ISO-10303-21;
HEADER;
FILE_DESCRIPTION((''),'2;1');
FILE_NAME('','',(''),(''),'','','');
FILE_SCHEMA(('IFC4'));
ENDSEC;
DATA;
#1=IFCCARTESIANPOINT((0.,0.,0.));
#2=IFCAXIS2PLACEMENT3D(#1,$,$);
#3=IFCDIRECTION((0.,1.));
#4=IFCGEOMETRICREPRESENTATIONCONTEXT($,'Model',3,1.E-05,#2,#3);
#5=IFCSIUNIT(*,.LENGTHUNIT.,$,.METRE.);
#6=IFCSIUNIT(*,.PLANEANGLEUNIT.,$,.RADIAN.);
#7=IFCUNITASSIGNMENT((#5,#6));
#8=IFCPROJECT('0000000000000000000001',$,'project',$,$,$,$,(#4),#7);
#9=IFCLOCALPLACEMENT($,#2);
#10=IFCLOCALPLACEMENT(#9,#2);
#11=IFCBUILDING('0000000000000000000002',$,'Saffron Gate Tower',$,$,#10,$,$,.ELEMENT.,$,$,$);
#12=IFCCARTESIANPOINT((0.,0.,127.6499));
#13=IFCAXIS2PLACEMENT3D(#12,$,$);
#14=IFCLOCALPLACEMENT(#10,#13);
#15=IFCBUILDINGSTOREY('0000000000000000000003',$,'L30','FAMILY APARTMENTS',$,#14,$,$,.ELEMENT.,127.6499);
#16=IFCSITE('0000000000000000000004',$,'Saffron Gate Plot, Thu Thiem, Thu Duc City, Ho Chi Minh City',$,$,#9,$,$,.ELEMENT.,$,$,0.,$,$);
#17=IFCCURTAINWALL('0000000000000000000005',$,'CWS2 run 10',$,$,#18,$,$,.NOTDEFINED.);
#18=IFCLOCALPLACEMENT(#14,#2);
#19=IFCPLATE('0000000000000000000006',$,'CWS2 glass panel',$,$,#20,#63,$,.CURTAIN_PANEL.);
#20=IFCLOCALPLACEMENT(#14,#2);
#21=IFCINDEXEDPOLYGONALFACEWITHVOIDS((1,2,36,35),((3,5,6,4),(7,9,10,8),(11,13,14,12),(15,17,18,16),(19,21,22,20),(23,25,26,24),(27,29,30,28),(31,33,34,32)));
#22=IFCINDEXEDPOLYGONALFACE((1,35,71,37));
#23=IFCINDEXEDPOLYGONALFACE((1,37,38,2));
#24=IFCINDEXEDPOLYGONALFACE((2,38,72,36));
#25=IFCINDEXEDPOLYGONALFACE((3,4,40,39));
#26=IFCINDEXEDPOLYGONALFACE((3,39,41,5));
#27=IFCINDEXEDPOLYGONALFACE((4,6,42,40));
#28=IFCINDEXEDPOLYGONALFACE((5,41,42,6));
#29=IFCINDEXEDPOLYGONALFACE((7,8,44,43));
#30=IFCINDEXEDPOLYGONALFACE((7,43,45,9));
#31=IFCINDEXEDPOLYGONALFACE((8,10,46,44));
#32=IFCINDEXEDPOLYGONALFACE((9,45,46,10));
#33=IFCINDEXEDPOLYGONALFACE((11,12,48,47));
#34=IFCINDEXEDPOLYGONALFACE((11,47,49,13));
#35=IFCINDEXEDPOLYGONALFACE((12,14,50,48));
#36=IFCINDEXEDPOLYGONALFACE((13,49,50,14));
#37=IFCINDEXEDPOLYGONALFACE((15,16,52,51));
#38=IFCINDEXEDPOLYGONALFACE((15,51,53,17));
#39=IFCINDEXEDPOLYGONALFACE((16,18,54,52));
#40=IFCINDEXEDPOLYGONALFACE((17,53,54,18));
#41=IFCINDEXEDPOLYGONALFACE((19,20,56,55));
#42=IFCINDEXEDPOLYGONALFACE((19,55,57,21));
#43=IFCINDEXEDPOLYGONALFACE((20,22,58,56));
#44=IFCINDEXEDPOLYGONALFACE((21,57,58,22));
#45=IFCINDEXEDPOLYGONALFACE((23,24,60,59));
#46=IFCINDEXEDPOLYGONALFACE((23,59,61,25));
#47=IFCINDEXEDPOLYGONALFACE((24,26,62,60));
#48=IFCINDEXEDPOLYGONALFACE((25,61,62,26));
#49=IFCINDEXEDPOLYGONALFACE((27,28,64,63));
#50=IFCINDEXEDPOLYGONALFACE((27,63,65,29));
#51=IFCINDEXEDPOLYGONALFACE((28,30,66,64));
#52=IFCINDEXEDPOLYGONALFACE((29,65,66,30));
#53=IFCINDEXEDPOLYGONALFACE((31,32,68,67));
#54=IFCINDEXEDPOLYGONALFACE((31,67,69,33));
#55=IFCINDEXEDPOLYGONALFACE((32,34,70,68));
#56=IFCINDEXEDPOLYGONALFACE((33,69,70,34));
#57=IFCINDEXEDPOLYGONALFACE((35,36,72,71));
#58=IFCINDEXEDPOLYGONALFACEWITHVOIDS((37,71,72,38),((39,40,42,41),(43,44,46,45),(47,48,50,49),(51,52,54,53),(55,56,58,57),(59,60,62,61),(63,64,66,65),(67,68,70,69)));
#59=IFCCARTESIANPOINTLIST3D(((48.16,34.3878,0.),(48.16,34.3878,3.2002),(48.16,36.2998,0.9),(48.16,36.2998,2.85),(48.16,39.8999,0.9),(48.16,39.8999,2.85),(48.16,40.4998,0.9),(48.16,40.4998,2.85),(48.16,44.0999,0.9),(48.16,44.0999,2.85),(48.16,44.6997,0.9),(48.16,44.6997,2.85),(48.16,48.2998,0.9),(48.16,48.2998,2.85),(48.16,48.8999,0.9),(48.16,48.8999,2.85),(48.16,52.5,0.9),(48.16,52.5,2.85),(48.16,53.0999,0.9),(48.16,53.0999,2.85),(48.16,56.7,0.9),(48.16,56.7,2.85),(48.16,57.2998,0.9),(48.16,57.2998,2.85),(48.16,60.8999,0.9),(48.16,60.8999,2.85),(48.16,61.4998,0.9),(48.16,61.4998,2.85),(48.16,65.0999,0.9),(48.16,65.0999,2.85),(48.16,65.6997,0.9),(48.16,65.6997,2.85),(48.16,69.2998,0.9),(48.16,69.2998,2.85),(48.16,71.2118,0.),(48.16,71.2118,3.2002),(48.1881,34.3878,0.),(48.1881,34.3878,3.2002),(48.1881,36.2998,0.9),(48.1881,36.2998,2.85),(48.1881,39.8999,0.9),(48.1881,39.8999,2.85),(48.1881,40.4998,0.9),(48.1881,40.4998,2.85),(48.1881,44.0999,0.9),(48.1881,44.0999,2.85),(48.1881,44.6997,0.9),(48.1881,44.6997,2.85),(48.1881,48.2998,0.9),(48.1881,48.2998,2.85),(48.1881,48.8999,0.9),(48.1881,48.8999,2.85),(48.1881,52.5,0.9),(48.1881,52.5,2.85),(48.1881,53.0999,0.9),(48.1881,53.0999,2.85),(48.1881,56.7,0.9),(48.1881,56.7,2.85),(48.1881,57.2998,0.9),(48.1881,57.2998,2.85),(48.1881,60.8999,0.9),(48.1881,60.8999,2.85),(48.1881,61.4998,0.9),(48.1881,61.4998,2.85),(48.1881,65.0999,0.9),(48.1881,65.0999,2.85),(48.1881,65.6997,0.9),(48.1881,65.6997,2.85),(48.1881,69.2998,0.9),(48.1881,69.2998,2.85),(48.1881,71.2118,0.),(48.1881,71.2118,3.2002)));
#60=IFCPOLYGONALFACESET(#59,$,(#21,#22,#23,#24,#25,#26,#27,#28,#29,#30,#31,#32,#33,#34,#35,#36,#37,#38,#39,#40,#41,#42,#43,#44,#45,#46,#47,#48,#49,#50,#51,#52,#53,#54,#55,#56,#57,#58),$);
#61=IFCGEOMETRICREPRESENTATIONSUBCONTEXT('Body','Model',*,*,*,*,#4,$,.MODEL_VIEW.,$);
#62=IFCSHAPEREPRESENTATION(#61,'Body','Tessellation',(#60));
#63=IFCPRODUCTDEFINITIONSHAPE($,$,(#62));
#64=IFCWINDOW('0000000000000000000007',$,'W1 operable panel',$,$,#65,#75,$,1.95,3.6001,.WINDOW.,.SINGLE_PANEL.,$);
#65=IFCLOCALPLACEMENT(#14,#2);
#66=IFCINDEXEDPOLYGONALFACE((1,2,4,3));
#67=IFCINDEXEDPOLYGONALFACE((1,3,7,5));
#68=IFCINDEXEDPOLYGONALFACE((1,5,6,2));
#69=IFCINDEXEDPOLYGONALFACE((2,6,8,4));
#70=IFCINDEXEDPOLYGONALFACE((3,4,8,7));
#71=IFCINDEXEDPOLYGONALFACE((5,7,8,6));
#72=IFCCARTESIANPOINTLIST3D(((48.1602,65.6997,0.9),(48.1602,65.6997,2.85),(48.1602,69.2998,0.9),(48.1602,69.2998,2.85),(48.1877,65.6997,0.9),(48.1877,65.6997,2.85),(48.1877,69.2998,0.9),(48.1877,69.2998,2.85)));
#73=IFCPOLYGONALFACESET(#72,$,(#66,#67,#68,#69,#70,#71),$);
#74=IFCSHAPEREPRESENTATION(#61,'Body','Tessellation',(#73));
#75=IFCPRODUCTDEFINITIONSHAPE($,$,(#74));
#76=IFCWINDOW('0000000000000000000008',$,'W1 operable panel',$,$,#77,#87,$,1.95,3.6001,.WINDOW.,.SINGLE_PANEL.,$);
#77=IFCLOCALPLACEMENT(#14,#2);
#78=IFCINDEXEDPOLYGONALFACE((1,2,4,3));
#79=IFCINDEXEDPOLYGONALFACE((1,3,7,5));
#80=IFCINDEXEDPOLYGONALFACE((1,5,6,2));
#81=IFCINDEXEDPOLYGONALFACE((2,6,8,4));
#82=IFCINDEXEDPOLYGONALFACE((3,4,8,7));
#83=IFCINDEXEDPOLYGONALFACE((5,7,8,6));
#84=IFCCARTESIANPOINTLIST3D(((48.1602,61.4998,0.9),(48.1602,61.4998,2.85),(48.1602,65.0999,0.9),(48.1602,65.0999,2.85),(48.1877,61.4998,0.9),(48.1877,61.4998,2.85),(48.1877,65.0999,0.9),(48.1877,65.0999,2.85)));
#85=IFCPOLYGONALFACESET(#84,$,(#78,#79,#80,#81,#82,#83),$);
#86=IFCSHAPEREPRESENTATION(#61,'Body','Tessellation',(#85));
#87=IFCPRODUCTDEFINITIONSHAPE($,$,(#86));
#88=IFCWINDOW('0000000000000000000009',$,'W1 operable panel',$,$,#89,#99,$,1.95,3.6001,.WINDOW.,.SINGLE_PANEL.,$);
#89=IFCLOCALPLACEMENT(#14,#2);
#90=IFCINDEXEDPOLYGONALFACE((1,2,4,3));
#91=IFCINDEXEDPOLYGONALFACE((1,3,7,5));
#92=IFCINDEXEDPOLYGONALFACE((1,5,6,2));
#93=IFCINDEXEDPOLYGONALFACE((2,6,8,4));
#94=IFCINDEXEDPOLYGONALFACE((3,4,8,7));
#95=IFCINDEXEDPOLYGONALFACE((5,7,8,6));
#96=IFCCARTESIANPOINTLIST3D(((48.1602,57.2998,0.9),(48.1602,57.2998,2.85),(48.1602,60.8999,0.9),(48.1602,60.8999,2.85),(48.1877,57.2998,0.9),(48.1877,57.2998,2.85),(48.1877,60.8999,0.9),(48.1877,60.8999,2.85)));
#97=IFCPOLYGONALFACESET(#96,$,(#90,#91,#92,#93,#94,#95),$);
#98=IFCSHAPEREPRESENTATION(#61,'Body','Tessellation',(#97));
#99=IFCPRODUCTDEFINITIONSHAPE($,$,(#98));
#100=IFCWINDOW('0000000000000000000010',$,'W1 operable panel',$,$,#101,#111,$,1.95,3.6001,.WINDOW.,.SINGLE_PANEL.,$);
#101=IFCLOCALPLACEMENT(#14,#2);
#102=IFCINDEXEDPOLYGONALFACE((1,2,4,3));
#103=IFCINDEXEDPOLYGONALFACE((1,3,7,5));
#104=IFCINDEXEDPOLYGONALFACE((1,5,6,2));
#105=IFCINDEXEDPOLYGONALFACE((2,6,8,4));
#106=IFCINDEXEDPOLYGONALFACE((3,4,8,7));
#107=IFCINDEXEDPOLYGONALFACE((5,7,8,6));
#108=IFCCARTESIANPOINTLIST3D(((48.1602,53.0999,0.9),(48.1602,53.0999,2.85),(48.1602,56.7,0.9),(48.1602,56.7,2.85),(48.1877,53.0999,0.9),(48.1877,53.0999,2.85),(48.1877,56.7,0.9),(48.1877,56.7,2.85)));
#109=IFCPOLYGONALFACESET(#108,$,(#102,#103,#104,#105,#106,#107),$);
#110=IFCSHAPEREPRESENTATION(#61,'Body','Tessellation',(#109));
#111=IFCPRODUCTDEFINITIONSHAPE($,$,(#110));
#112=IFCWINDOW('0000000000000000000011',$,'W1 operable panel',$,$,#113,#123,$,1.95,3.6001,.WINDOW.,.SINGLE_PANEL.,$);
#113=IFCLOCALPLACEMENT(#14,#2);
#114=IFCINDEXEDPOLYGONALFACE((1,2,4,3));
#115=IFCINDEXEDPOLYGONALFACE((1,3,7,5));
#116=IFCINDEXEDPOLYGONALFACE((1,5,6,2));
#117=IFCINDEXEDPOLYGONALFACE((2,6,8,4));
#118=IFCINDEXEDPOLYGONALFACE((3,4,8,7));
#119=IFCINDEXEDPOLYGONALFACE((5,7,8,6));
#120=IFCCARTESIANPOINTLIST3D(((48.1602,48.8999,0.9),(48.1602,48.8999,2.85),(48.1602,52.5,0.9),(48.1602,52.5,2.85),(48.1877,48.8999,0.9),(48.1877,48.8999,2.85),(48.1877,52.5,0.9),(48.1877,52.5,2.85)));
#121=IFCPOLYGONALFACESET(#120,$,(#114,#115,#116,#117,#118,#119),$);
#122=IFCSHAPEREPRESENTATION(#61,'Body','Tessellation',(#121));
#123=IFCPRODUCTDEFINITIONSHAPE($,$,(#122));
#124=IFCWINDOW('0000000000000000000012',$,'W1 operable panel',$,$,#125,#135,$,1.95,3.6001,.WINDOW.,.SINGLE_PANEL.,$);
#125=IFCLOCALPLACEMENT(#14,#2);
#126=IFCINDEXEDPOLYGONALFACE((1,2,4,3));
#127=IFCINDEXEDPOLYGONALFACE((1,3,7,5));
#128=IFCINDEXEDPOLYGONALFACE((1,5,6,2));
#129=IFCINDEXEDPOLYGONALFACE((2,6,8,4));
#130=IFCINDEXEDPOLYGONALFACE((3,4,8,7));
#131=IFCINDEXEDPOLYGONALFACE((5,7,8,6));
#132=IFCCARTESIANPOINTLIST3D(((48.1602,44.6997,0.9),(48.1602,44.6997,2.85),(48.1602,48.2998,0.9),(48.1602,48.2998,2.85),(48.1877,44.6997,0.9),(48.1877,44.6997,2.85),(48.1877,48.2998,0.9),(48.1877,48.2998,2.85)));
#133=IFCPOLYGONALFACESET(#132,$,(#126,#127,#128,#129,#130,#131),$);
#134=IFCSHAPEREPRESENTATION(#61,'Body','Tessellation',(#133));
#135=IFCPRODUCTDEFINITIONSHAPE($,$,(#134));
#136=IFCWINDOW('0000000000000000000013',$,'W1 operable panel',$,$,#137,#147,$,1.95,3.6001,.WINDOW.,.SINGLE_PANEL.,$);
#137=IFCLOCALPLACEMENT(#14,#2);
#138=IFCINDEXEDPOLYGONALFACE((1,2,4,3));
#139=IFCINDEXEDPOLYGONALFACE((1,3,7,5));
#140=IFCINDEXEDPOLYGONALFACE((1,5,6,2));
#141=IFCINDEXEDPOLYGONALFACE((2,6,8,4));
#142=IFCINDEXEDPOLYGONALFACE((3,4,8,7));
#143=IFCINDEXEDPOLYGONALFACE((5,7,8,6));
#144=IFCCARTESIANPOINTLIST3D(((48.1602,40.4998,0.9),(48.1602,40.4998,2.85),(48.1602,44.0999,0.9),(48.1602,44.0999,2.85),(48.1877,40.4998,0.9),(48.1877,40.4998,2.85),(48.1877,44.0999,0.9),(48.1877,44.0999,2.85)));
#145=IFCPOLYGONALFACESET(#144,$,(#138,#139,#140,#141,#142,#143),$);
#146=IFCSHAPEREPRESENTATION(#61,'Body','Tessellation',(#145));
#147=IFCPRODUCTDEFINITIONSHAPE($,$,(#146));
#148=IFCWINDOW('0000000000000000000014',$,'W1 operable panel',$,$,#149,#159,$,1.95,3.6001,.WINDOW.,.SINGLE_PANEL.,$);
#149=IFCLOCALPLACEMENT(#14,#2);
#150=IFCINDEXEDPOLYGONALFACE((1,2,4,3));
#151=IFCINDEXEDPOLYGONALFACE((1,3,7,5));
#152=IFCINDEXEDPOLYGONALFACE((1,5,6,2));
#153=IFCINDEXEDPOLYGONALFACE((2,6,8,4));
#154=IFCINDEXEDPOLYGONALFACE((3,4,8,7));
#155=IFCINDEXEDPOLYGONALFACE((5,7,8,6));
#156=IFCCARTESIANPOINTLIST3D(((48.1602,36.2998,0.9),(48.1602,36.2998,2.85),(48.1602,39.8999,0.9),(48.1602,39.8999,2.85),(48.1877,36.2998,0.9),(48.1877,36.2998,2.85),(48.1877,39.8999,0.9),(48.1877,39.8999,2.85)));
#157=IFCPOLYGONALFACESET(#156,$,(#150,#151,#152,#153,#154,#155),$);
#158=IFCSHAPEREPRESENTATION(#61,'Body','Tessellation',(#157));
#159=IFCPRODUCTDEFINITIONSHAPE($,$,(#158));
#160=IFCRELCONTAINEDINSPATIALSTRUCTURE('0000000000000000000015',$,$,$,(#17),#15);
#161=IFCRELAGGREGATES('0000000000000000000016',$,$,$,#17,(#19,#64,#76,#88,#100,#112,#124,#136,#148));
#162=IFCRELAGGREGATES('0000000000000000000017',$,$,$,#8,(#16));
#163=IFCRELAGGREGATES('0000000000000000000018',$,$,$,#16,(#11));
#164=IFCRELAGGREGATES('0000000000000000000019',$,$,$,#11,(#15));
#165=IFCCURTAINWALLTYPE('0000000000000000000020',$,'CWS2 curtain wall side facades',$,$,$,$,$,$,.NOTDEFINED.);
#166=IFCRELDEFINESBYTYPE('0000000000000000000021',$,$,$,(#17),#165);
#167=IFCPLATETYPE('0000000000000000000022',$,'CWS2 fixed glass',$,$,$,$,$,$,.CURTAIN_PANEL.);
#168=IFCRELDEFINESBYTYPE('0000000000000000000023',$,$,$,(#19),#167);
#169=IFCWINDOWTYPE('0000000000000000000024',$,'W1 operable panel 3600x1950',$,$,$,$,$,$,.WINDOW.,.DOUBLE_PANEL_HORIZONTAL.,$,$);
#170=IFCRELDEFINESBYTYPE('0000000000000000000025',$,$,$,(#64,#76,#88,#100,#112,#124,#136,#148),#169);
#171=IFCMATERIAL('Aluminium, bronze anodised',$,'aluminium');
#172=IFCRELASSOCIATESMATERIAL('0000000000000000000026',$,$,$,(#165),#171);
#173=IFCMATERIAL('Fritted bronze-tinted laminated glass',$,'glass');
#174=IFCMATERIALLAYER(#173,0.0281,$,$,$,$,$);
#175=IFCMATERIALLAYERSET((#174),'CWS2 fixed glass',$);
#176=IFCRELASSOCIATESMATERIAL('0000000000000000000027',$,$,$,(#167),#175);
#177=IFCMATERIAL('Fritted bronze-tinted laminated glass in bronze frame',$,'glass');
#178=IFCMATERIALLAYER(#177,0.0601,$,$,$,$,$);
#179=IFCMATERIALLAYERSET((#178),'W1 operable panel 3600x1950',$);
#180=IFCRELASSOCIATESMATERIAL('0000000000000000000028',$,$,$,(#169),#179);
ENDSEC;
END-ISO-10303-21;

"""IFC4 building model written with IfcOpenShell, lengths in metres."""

from ifc_helpers import new_model, si_unit, direction, frame, frame_2d, origin, place, context, subcontext, project, spatial, rectangle, extrude, material, layer, layer_set, type_object, element, fill, aggregate, save


model = new_model("IFC4")

# Units and contexts
model_context = context("Model", 3, precision=1e-05, world=origin(), true_north=direction((0.0, 1.0)))
body_context = subcontext(model_context, "Body", "Model", "MODEL_VIEW")
ifc_project = project(units=[si_unit("LENGTHUNIT", "METRE"), si_unit("PLANEANGLEUNIT", "RADIAN")], contexts=[model_context])

# Site, building, storey
site_placement = place(None, origin())
site = spatial("IfcSite", under=ifc_project, at=site_placement, Name="Saffron Gate Plot, Thu Thiem, Thu Duc City, Ho Chi Minh City", CompositionType="ELEMENT", RefElevation=0.0)
building_placement = place(site_placement, origin())
building = spatial("IfcBuilding", under=site, at=building_placement, Name="Saffron Gate Tower", CompositionType="ELEMENT")
storey_placement = place(building_placement, frame((0.0, 0.0, 127.6499)))
storey = spatial("IfcBuildingStorey", under=building, at=storey_placement, Name="L30", Description="FAMILY APARTMENTS", CompositionType="ELEMENT", Elevation=127.6499)

# Curtain wall
ifc_material_1 = material(Name="Aluminium, bronze anodised", Category="aluminium")
curtain_wall_type_1 = type_object("IfcCurtainWallType", Name="CWS2 curtain wall side facades", PredefinedType="NOTDEFINED", material=ifc_material_1)
curtain_wall_1_placement = place(storey_placement, origin())
curtain_wall_1 = element("IfcCurtainWall", 1, at=curtain_wall_1_placement, inside=storey, type_object=curtain_wall_type_1, Name="CWS2 run 10", PredefinedType="NOTDEFINED")

# Plate, openings, windows
ifc_material_2 = material(Name="Fritted bronze-tinted laminated glass", Category="glass")
ifc_layer_1 = layer(ifc_material_2, 0.0281)
ifc_layer_set_1 = layer_set([ifc_layer_1], Name="CWS2 fixed glass")
plate_type = type_object("IfcPlateType", Name="CWS2 fixed glass", PredefinedType="CURTAIN_PANEL", material=ifc_layer_set_1)
plate_placement = place(storey_placement, frame((48.1741, 71.2119, 0.0), z_axis=(0.0, 0.0, 1.0), x_axis=(0.0, -1.0, 0.0)))
plate = element("IfcPlate", 2, at=plate_placement, type_object=plate_type, Name="CWS2 glass panel", PredefinedType="CURTAIN_PANEL", context=body_context, shape_type="SweptSolid", body=[
    extrude(rectangle(XDim=36.824, YDim=0.0281, at=frame_2d((18.4121, 0.0))), origin(), (0.0, 0.0, 1.0), 3.2002),
])
opening_1_placement = place(plate_placement, frame((1.9121, 0.0, 0.8999)))
opening_1 = element("IfcOpeningElement", 3, at=opening_1_placement, cuts=plate, PredefinedType="OPENING", context=body_context, shape_type="SweptSolid", body=[
    extrude(rectangle(XDim=3.6001, YDim=1.95, at=frame_2d((1.8, 0.9751))), frame((0.0, 0.0239, 0.0), z_axis=(0.0, -1.0, 0.0), x_axis=(1.0, 0.0, 0.0)), (0.0, 0.0, 1.0), 0.0481),
])
opening_2_placement = place(plate_placement, frame((6.1121, 0.0, 0.8999)))
opening_2 = element("IfcOpeningElement", 4, at=opening_2_placement, cuts=plate, PredefinedType="OPENING", context=body_context, shape_type="SweptSolid", body=[
    extrude(rectangle(XDim=3.6001, YDim=1.95, at=frame_2d((1.8, 0.9751))), frame((0.0, 0.0239, 0.0), z_axis=(0.0, -1.0, 0.0), x_axis=(1.0, 0.0, 0.0)), (0.0, 0.0, 1.0), 0.0481),
])
opening_3_placement = place(plate_placement, frame((10.312, 0.0, 0.8999)))
opening_3 = element("IfcOpeningElement", 5, at=opening_3_placement, cuts=plate, PredefinedType="OPENING", context=body_context, shape_type="SweptSolid", body=[
    extrude(rectangle(XDim=3.6001, YDim=1.95, at=frame_2d((1.8, 0.9751))), frame((0.0, 0.0239, 0.0), z_axis=(0.0, -1.0, 0.0), x_axis=(1.0, 0.0, 0.0)), (0.0, 0.0, 1.0), 0.0481),
])
opening_4_placement = place(plate_placement, frame((14.512, 0.0, 0.8999)))
opening_4 = element("IfcOpeningElement", 6, at=opening_4_placement, cuts=plate, PredefinedType="OPENING", context=body_context, shape_type="SweptSolid", body=[
    extrude(rectangle(XDim=3.6001, YDim=1.95, at=frame_2d((1.8, 0.9751))), frame((0.0, 0.0239, 0.0), z_axis=(0.0, -1.0, 0.0), x_axis=(1.0, 0.0, 0.0)), (0.0, 0.0, 1.0), 0.0481),
])
opening_5_placement = place(plate_placement, frame((18.7119, 0.0, 0.8999)))
opening_5 = element("IfcOpeningElement", 7, at=opening_5_placement, cuts=plate, PredefinedType="OPENING", context=body_context, shape_type="SweptSolid", body=[
    extrude(rectangle(XDim=3.6001, YDim=1.95, at=frame_2d((1.8, 0.9751))), frame((0.0, 0.0239, 0.0), z_axis=(0.0, -1.0, 0.0), x_axis=(1.0, 0.0, 0.0)), (0.0, 0.0, 1.0), 0.0481),
])
opening_6_placement = place(plate_placement, frame((22.9121, 0.0, 0.8999)))
opening_6 = element("IfcOpeningElement", 8, at=opening_6_placement, cuts=plate, PredefinedType="OPENING", context=body_context, shape_type="SweptSolid", body=[
    extrude(rectangle(XDim=3.6001, YDim=1.95, at=frame_2d((1.8, 0.9751))), frame((0.0, 0.0239, 0.0), z_axis=(0.0, -1.0, 0.0), x_axis=(1.0, 0.0, 0.0)), (0.0, 0.0, 1.0), 0.0481),
])
opening_7_placement = place(plate_placement, frame((27.1121, 0.0, 0.8999)))
opening_7 = element("IfcOpeningElement", 9, at=opening_7_placement, cuts=plate, PredefinedType="OPENING", context=body_context, shape_type="SweptSolid", body=[
    extrude(rectangle(XDim=3.6001, YDim=1.95, at=frame_2d((1.8, 0.9751))), frame((0.0, 0.0239, 0.0), z_axis=(0.0, -1.0, 0.0), x_axis=(1.0, 0.0, 0.0)), (0.0, 0.0, 1.0), 0.0481),
])
opening_8_placement = place(plate_placement, frame((31.312, 0.0, 0.8999)))
opening_8 = element("IfcOpeningElement", 10, at=opening_8_placement, cuts=plate, PredefinedType="OPENING", context=body_context, shape_type="SweptSolid", body=[
    extrude(rectangle(XDim=3.6001, YDim=1.95, at=frame_2d((1.8, 0.9751))), frame((0.0, 0.0239, 0.0), z_axis=(0.0, -1.0, 0.0), x_axis=(1.0, 0.0, 0.0)), (0.0, 0.0, 1.0), 0.0481),
])
ifc_material_3 = material(Name="Fritted bronze-tinted laminated glass in bronze frame", Category="glass")
ifc_layer_2 = layer(ifc_material_3, 0.0601)
ifc_layer_set_2 = layer_set([ifc_layer_2], Name="W1 operable panel 3600x1950")
window_type = type_object("IfcWindowType", Name="W1 operable panel 3600x1950", PartitioningType="DOUBLE_PANEL_HORIZONTAL", PredefinedType="WINDOW", material=ifc_layer_set_2)
window_1_placement = place(opening_1_placement, origin())
window_1 = element("IfcWindow", 11, at=window_1_placement, type_object=window_type, Name="W1 operable panel", OverallHeight=1.95, OverallWidth=3.6001, PartitioningType="SINGLE_PANEL", PredefinedType="WINDOW", context=body_context, shape_type="SweptSolid", body=[
    extrude(rectangle(XDim=3.6001, YDim=1.95, at=frame_2d((1.8, 0.9751))), frame((0.0, 0.0137, 0.0), z_axis=(0.0, -1.0, 0.0), x_axis=(1.0, 0.0, 0.0)), (0.0, 0.0, 1.0), 0.0276),
])
fill(opening_1, window_1)
window_2_placement = place(opening_2_placement, origin())
window_2 = element("IfcWindow", 12, at=window_2_placement, type_object=window_type, Name="W1 operable panel", OverallHeight=1.95, OverallWidth=3.6001, PartitioningType="SINGLE_PANEL", PredefinedType="WINDOW", context=body_context, shape_type="SweptSolid", body=[
    extrude(rectangle(XDim=3.6001, YDim=1.95, at=frame_2d((1.8, 0.9751))), frame((0.0, 0.0137, 0.0), z_axis=(0.0, -1.0, 0.0), x_axis=(1.0, 0.0, 0.0)), (0.0, 0.0, 1.0), 0.0276),
])
fill(opening_2, window_2)
window_3_placement = place(opening_3_placement, origin())
window_3 = element("IfcWindow", 13, at=window_3_placement, type_object=window_type, Name="W1 operable panel", OverallHeight=1.95, OverallWidth=3.6001, PartitioningType="SINGLE_PANEL", PredefinedType="WINDOW", context=body_context, shape_type="SweptSolid", body=[
    extrude(rectangle(XDim=3.6001, YDim=1.95, at=frame_2d((1.8, 0.9751))), frame((0.0, 0.0137, 0.0), z_axis=(0.0, -1.0, 0.0), x_axis=(1.0, 0.0, 0.0)), (0.0, 0.0, 1.0), 0.0276),
])
fill(opening_3, window_3)
window_4_placement = place(opening_4_placement, origin())
window_4 = element("IfcWindow", 14, at=window_4_placement, type_object=window_type, Name="W1 operable panel", OverallHeight=1.95, OverallWidth=3.6001, PartitioningType="SINGLE_PANEL", PredefinedType="WINDOW", context=body_context, shape_type="SweptSolid", body=[
    extrude(rectangle(XDim=3.6001, YDim=1.95, at=frame_2d((1.8, 0.9751))), frame((0.0, 0.0137, 0.0), z_axis=(0.0, -1.0, 0.0), x_axis=(1.0, 0.0, 0.0)), (0.0, 0.0, 1.0), 0.0276),
])
fill(opening_4, window_4)
window_5_placement = place(opening_5_placement, origin())
window_5 = element("IfcWindow", 15, at=window_5_placement, type_object=window_type, Name="W1 operable panel", OverallHeight=1.95, OverallWidth=3.6001, PartitioningType="SINGLE_PANEL", PredefinedType="WINDOW", context=body_context, shape_type="SweptSolid", body=[
    extrude(rectangle(XDim=3.6001, YDim=1.95, at=frame_2d((1.8, 0.9751))), frame((0.0, 0.0137, 0.0), z_axis=(0.0, -1.0, 0.0), x_axis=(1.0, 0.0, 0.0)), (0.0, 0.0, 1.0), 0.0276),
])
fill(opening_5, window_5)
window_6_placement = place(opening_6_placement, origin())
window_6 = element("IfcWindow", 16, at=window_6_placement, type_object=window_type, Name="W1 operable panel", OverallHeight=1.95, OverallWidth=3.6001, PartitioningType="SINGLE_PANEL", PredefinedType="WINDOW", context=body_context, shape_type="SweptSolid", body=[
    extrude(rectangle(XDim=3.6001, YDim=1.95, at=frame_2d((1.8, 0.9751))), frame((0.0, 0.0137, 0.0), z_axis=(0.0, -1.0, 0.0), x_axis=(1.0, 0.0, 0.0)), (0.0, 0.0, 1.0), 0.0276),
])
fill(opening_6, window_6)
window_7_placement = place(opening_7_placement, origin())
window_7 = element("IfcWindow", 17, at=window_7_placement, type_object=window_type, Name="W1 operable panel", OverallHeight=1.95, OverallWidth=3.6001, PartitioningType="SINGLE_PANEL", PredefinedType="WINDOW", context=body_context, shape_type="SweptSolid", body=[
    extrude(rectangle(XDim=3.6001, YDim=1.95, at=frame_2d((1.8, 0.9751))), frame((0.0, 0.0137, 0.0), z_axis=(0.0, -1.0, 0.0), x_axis=(1.0, 0.0, 0.0)), (0.0, 0.0, 1.0), 0.0276),
])
fill(opening_7, window_7)
window_8_placement = place(opening_8_placement, origin())
window_8 = element("IfcWindow", 18, at=window_8_placement, type_object=window_type, Name="W1 operable panel", OverallHeight=1.95, OverallWidth=3.6001, PartitioningType="SINGLE_PANEL", PredefinedType="WINDOW", context=body_context, shape_type="SweptSolid", body=[
    extrude(rectangle(XDim=3.6001, YDim=1.95, at=frame_2d((1.8, 0.9751))), frame((0.0, 0.0137, 0.0), z_axis=(0.0, -1.0, 0.0), x_axis=(1.0, 0.0, 0.0)), (0.0, 0.0, 1.0), 0.0276),
])
fill(opening_8, window_8)
aggregate(curtain_wall_1, [plate, window_1, window_2, window_3, window_4, window_5, window_6, window_7, window_8])

save(model, "model.ifc")
